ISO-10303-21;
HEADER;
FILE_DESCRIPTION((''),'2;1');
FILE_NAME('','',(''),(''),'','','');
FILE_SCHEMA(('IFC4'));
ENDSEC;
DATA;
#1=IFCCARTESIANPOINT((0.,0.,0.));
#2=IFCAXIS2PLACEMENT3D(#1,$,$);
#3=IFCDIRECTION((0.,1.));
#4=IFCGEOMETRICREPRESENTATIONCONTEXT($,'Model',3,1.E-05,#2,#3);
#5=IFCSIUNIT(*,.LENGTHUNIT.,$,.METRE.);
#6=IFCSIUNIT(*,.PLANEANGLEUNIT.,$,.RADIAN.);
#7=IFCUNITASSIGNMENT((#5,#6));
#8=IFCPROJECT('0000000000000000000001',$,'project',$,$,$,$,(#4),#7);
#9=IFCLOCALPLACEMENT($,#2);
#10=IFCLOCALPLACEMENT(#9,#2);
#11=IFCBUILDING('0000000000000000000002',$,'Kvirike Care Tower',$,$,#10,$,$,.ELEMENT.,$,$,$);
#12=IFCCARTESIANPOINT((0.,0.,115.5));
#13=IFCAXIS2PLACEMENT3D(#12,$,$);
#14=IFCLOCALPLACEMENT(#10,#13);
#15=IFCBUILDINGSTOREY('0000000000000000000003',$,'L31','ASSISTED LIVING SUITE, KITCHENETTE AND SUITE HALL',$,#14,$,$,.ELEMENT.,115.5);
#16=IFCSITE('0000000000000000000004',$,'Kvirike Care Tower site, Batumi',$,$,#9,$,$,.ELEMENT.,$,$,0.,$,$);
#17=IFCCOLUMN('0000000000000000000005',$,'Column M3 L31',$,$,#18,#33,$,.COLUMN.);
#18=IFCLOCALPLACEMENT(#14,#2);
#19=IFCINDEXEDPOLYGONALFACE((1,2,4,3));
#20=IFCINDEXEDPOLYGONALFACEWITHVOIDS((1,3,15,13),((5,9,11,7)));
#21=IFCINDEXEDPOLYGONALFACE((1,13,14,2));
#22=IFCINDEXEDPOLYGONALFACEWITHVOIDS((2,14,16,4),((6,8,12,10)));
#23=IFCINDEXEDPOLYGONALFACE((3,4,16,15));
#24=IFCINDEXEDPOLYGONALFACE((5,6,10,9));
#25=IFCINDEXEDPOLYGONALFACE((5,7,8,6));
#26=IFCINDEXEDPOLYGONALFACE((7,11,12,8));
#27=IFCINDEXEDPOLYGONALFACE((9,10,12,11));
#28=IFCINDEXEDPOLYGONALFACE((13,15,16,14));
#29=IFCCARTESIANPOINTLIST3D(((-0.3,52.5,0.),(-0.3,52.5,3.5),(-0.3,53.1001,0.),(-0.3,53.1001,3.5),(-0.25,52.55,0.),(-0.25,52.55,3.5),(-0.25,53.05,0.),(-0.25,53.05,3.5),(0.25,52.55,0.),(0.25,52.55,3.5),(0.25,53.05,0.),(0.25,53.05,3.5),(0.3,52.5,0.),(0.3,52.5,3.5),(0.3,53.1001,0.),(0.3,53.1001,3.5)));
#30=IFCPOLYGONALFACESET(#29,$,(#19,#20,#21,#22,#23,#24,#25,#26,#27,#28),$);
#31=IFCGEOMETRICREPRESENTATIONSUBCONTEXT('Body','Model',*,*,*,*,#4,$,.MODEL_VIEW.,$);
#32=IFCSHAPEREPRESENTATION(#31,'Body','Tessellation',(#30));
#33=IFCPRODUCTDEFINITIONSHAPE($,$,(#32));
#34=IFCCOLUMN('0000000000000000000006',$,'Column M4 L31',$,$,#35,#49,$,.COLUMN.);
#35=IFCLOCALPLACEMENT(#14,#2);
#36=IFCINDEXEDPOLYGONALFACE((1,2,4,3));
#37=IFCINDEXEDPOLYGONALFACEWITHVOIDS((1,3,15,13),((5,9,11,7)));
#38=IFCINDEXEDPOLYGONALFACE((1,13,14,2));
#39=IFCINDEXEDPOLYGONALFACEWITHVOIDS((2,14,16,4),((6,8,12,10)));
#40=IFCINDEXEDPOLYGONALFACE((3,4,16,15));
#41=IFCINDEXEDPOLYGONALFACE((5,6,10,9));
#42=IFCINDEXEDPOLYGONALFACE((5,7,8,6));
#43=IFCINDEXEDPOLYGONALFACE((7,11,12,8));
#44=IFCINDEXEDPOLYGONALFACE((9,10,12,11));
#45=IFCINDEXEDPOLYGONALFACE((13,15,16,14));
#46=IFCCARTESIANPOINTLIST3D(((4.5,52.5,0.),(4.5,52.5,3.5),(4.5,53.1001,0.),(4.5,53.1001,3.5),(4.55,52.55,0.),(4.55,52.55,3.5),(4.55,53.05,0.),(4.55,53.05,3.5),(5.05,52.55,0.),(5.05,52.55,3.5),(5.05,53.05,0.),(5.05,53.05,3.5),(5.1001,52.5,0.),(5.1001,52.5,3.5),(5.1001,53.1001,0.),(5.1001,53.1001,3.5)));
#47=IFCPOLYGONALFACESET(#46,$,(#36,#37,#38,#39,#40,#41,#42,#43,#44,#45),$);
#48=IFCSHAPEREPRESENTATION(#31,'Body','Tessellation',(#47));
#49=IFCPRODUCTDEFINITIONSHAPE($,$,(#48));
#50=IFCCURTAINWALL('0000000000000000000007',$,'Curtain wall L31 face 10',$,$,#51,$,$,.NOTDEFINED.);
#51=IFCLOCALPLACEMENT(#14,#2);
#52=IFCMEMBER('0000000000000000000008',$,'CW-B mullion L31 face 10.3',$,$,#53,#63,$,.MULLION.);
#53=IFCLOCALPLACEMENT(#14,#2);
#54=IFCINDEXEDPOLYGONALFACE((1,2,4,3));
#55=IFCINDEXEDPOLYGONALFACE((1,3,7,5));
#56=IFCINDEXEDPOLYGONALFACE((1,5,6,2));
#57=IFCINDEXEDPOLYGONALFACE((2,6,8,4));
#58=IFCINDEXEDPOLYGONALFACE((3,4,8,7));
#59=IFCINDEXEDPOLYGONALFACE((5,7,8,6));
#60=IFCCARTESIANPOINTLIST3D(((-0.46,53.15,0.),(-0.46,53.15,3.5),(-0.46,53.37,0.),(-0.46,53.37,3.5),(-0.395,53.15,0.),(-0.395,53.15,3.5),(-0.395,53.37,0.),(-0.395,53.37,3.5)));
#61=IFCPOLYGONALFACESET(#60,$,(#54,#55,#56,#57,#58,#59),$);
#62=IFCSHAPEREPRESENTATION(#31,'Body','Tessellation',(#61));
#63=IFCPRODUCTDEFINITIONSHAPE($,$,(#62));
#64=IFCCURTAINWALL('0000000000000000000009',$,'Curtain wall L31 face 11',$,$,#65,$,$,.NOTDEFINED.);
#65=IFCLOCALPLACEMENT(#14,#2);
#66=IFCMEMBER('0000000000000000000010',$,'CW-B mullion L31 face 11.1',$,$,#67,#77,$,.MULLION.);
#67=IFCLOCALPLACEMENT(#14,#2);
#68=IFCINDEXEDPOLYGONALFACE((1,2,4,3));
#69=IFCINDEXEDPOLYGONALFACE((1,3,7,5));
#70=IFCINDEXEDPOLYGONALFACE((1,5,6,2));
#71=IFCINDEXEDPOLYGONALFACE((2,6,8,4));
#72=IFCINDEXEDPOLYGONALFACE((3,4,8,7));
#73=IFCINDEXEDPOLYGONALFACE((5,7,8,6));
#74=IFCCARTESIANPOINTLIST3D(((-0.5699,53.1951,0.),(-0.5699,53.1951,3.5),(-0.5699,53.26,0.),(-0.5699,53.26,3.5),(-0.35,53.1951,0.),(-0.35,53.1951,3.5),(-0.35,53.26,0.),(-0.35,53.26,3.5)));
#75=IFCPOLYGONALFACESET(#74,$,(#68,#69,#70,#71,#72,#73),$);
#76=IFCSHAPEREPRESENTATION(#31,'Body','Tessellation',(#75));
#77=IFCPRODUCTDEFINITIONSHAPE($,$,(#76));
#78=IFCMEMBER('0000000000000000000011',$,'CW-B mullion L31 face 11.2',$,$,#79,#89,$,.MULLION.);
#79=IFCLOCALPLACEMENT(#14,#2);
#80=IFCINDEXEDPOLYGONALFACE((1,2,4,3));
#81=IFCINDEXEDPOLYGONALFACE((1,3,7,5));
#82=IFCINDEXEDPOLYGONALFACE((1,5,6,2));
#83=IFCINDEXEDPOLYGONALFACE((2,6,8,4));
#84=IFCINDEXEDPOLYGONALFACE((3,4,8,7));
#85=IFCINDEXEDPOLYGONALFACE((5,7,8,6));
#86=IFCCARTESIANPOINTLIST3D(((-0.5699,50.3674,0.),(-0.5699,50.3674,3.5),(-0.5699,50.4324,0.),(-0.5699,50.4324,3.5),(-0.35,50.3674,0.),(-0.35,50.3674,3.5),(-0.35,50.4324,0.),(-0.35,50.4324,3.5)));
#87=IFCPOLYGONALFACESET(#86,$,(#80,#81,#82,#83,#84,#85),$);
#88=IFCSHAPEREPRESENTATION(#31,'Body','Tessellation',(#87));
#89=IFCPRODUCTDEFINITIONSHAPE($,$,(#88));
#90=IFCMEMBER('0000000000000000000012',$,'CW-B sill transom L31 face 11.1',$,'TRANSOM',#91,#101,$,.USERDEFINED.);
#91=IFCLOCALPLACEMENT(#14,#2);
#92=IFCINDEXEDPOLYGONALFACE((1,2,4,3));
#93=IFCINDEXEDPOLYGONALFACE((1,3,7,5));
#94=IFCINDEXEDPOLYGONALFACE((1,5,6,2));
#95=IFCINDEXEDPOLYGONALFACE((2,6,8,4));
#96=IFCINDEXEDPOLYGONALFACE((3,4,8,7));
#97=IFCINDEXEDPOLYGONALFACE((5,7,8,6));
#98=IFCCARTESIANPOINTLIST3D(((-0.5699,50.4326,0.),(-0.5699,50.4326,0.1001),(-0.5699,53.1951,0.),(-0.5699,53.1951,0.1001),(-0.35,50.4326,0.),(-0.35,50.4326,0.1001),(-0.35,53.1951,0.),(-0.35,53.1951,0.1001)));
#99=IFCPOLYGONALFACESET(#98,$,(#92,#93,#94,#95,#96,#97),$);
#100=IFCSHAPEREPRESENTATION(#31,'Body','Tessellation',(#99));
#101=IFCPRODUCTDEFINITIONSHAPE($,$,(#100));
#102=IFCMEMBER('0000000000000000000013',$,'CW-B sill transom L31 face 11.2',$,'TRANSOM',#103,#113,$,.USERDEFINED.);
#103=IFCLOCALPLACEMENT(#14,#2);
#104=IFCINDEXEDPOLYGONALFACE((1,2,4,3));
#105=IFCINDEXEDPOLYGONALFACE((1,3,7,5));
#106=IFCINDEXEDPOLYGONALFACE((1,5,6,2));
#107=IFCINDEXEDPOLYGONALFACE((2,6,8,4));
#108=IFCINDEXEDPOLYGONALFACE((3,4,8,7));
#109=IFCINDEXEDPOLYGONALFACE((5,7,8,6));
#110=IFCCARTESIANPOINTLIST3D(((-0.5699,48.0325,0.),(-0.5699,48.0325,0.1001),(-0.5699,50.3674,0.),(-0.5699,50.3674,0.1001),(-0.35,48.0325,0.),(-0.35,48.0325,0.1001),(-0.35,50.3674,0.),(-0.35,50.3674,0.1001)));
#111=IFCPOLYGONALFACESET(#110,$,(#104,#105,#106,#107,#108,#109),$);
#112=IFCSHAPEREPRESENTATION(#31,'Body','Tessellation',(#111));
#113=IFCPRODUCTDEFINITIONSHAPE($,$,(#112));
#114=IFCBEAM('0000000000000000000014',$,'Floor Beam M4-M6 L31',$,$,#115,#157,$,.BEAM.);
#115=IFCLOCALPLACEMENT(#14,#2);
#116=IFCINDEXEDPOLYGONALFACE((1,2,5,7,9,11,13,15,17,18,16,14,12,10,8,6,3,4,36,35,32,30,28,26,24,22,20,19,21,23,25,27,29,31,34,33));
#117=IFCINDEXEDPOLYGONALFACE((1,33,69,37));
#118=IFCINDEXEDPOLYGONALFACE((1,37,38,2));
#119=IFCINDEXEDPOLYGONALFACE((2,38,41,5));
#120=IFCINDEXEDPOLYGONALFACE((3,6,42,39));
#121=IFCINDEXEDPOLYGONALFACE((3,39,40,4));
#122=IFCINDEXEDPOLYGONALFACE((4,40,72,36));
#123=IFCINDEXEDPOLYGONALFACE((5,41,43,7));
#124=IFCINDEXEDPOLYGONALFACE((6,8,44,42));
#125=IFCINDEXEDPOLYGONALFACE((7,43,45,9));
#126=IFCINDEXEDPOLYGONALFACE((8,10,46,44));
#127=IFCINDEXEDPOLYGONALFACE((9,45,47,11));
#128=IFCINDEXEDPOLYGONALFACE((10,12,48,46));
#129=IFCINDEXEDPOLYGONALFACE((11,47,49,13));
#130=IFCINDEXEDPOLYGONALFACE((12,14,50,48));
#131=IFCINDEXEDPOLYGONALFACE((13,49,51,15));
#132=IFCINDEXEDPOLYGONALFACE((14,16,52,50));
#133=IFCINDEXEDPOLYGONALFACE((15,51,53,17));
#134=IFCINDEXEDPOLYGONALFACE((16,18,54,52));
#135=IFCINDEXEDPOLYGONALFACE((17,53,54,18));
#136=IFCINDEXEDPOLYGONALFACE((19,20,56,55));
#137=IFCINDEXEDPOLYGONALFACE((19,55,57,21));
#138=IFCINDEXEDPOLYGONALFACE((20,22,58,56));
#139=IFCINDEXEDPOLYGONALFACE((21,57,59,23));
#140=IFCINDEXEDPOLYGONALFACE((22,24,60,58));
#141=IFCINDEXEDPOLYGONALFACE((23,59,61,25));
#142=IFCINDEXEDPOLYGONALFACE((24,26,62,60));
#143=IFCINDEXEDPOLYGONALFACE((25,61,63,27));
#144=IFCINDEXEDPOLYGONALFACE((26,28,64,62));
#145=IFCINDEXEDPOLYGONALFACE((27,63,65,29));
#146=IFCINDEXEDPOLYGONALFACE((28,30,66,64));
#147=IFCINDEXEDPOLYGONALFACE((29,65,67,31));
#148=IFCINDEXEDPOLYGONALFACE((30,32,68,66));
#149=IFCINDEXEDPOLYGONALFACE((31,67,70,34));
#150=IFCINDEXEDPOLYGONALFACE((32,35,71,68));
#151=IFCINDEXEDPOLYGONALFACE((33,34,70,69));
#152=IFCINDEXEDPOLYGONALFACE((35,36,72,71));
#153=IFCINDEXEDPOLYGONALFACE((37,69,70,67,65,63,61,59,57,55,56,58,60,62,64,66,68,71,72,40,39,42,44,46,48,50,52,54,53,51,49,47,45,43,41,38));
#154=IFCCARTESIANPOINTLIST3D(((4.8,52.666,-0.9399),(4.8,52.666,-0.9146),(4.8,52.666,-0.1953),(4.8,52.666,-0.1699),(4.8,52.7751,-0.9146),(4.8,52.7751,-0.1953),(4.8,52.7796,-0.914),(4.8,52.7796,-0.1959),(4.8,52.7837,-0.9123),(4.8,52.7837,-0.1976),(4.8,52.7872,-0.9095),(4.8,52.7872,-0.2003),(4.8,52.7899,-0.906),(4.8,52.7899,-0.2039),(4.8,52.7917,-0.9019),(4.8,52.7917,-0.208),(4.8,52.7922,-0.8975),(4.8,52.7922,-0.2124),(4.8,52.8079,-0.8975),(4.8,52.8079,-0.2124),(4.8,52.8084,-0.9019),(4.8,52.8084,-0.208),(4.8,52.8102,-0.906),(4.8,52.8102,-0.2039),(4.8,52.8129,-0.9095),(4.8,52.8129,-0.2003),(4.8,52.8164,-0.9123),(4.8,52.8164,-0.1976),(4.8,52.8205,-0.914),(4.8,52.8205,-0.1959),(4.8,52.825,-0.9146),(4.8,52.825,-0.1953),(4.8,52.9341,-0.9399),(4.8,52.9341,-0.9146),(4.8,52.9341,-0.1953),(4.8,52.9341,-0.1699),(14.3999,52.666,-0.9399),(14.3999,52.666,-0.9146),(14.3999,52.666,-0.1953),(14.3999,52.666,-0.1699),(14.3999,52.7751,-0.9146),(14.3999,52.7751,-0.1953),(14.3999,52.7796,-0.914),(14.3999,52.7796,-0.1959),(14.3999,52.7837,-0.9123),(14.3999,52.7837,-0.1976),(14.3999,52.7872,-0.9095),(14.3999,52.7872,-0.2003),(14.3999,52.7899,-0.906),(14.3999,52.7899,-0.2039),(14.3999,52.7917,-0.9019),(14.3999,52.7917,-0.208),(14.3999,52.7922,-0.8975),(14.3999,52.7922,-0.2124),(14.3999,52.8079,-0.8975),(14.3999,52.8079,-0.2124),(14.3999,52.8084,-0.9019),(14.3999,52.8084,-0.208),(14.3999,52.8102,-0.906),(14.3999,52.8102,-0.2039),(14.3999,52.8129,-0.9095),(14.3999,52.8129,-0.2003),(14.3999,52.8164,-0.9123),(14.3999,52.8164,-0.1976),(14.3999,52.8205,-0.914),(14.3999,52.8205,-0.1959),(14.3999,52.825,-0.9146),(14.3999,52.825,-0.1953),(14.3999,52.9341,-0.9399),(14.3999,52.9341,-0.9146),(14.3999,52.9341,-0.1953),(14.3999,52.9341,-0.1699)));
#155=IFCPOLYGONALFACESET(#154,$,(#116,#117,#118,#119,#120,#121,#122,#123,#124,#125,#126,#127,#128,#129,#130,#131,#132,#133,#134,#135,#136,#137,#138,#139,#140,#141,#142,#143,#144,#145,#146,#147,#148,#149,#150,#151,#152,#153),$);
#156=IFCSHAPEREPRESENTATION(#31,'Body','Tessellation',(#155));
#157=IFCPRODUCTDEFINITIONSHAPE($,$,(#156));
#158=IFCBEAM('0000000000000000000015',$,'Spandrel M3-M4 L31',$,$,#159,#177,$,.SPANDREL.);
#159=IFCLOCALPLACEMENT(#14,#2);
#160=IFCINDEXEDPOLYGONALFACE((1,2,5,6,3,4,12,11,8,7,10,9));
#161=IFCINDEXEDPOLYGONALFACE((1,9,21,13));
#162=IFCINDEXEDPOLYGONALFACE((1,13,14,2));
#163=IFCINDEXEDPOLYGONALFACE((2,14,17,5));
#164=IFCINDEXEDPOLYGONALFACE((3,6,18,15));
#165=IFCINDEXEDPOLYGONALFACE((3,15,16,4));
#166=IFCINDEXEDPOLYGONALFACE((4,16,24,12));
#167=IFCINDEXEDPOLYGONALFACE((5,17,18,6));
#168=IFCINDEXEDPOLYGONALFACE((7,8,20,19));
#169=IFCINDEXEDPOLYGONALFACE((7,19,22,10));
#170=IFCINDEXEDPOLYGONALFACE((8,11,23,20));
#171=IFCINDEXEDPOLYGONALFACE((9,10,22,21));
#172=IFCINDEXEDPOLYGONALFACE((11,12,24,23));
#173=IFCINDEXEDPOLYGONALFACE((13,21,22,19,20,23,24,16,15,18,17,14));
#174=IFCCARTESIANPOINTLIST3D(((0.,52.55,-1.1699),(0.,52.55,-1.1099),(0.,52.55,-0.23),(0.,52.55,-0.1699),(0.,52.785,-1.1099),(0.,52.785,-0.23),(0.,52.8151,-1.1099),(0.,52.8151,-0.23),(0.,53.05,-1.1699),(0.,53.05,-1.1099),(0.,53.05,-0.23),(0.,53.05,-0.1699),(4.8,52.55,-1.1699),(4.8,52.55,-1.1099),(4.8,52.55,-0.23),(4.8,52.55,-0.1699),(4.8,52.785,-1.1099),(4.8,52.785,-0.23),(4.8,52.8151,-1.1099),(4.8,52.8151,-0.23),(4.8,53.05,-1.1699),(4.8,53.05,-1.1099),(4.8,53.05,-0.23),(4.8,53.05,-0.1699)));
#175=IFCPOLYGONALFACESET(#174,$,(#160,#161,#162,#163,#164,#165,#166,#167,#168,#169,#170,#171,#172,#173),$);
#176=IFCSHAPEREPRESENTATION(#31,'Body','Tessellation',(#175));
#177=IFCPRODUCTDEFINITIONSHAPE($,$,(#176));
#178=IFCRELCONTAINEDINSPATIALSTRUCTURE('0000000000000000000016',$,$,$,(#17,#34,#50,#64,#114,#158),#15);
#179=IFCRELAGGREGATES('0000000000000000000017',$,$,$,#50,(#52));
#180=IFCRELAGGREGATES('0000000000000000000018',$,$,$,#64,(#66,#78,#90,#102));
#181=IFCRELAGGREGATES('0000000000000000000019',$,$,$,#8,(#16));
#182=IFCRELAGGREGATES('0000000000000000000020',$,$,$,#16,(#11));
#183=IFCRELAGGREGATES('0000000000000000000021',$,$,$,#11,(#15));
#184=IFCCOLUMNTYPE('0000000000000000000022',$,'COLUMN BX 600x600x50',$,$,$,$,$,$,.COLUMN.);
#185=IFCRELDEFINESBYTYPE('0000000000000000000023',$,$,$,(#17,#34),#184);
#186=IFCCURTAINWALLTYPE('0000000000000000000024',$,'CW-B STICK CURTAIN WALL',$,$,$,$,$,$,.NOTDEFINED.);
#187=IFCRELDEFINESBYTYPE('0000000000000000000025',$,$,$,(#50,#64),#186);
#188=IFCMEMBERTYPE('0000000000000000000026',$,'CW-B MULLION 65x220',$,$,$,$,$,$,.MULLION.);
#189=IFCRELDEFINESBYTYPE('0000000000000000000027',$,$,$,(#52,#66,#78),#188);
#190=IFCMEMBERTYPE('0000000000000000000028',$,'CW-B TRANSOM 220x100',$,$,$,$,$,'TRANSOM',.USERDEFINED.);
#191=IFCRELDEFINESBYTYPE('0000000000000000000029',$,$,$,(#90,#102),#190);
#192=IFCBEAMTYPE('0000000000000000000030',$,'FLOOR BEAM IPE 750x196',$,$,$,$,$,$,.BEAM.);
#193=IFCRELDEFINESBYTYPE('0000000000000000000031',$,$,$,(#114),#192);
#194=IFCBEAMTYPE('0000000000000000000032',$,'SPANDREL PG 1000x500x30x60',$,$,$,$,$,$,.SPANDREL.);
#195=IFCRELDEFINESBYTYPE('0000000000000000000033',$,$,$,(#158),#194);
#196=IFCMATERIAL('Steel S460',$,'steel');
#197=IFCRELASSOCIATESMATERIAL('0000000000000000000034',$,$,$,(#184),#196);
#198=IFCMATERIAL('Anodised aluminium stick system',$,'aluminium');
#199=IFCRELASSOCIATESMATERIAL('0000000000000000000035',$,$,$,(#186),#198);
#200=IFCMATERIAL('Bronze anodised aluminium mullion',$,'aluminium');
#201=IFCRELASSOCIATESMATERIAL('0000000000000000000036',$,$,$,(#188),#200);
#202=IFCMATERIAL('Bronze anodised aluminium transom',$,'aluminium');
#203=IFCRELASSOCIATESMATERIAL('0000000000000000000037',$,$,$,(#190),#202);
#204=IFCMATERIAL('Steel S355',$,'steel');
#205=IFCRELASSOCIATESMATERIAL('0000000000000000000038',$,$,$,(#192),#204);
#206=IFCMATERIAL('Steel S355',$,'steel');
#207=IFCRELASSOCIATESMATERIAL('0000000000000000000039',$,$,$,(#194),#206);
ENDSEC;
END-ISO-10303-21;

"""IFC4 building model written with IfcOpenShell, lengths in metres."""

from ifc_helpers import new_model, si_unit, direction, frame, origin, origin_2d, place, context, subcontext, project, spatial, rectangle, hollow_rectangle, i_section, extrude, material, material_profile, profile_set, type_object, element, aggregate, save


model = new_model("IFC4")

# Units and contexts
model_context = context("Model", 3, precision=1e-05, world=origin(), true_north=direction((0.0, 1.0)))
body_context = subcontext(model_context, "Body", "Model", "MODEL_VIEW")
ifc_project = project(units=[si_unit("LENGTHUNIT", "METRE"), si_unit("PLANEANGLEUNIT", "RADIAN")], contexts=[model_context])

# Site, building, storey
site_placement = place(None, origin())
site = spatial("IfcSite", under=ifc_project, at=site_placement, Name="Kvirike Care Tower site, Batumi", CompositionType="ELEMENT", RefElevation=0.0)
building_placement = place(site_placement, origin())
building = spatial("IfcBuilding", under=site, at=building_placement, Name="Kvirike Care Tower", CompositionType="ELEMENT")
storey_placement = place(building_placement, frame((0.0, 0.0, 115.5)))
storey = spatial("IfcBuildingStorey", under=building, at=storey_placement, Name="L31", Description="ASSISTED LIVING SUITE, KITCHENETTE AND SUITE HALL", CompositionType="ELEMENT", Elevation=115.5)

# Columns
ifc_material_1 = material(Name="Steel S460", Category="steel")
ifc_material_profile_1 = material_profile(ifc_material_1, hollow_rectangle(XDim=0.6001, YDim=0.6001, WallThickness=0.05, at=origin_2d()), Name="BX 600x600x50")
ifc_profile_set_1 = profile_set([ifc_material_profile_1], Name="Steel S460")
column_type = type_object("IfcColumnType", Name="COLUMN BX 600x600x50", PredefinedType="COLUMN", material=ifc_profile_set_1)
for number, where, z_axis, x_axis, name in (
    (1, (0.0, 52.8, 0.0), (0.0, 0.0, 1.0), (0.0, 1.0, 0.0), "Column M3 L31"),
    (2, (4.8, 52.8, 0.0), (0.0, 0.0, 1.0), (0.0, 1.0, 0.0), "Column M4 L31"),
):
    element("IfcColumn", number, at=place(storey_placement, frame(where, z_axis=z_axis, x_axis=x_axis)), inside=storey, type_object=column_type, Name=name, PredefinedType="COLUMN", context=body_context, shape_type="SweptSolid", body=[
        extrude(hollow_rectangle(XDim=0.6001, YDim=0.6001, WallThickness=0.05, at=origin_2d()), origin(), (0.0, 0.0, 1.0), 3.5),
    ])

# Curtain wall, member
ifc_material_2 = material(Name="Anodised aluminium stick system", Category="aluminium")
curtain_wall_type = type_object("IfcCurtainWallType", Name="CW-B STICK CURTAIN WALL", PredefinedType="NOTDEFINED", material=ifc_material_2)
curtain_wall_1_placement = place(storey_placement, origin())
curtain_wall_1 = element("IfcCurtainWall", 3, at=curtain_wall_1_placement, inside=storey, type_object=curtain_wall_type, Name="Curtain wall L31 face 10", PredefinedType="NOTDEFINED")
ifc_material_3 = material(Name="Bronze anodised aluminium mullion", Category="aluminium")
ifc_material_profile_2 = material_profile(ifc_material_3, rectangle(XDim=0.0649, YDim=0.22, at=origin_2d()), Name="CW-B MULLION 65x220")
ifc_profile_set_2 = profile_set([ifc_material_profile_2], Name="Bronze anodised aluminium mullion")
member_type_1 = type_object("IfcMemberType", Name="CW-B MULLION 65x220", PredefinedType="MULLION", material=ifc_profile_set_2)
member_1_placement = place(storey_placement, frame((-0.4275, 53.26, 0.0), z_axis=(0.0, 0.0, 1.0), x_axis=(-1.0, 0.0, 0.0)))
member_1 = element("IfcMember", 4, at=member_1_placement, type_object=member_type_1, Name="CW-B mullion L31 face 10.3", PredefinedType="MULLION", context=body_context, shape_type="SweptSolid", body=[
    extrude(rectangle(XDim=0.0649, YDim=0.22, at=origin_2d()), origin(), (0.0, 0.0, 1.0), 3.5),
])
aggregate(curtain_wall_1, [member_1])

# Curtain wall, members
curtain_wall_2_placement = place(storey_placement, origin())
curtain_wall_2 = element("IfcCurtainWall", 5, at=curtain_wall_2_placement, inside=storey, type_object=curtain_wall_type, Name="Curtain wall L31 face 11", PredefinedType="NOTDEFINED")
member_2_placement = place(storey_placement, frame((-0.46, 53.2275, 0.0), z_axis=(0.0, 0.0, 1.0), x_axis=(0.0, -1.0, 0.0)))
member_2 = element("IfcMember", 6, at=member_2_placement, type_object=member_type_1, Name="CW-B mullion L31 face 11.1", PredefinedType="MULLION", context=body_context, shape_type="SweptSolid", body=[
    extrude(rectangle(XDim=0.0649, YDim=0.22, at=origin_2d()), origin(), (0.0, 0.0, 1.0), 3.5),
])
member_3_placement = place(storey_placement, frame((-0.46, 50.3999, 0.0), z_axis=(0.0, 0.0, 1.0), x_axis=(0.0, -1.0, 0.0)))
member_3 = element("IfcMember", 7, at=member_3_placement, type_object=member_type_1, Name="CW-B mullion L31 face 11.2", PredefinedType="MULLION", context=body_context, shape_type="SweptSolid", body=[
    extrude(rectangle(XDim=0.0649, YDim=0.22, at=origin_2d()), origin(), (0.0, 0.0, 1.0), 3.5),
])
ifc_material_4 = material(Name="Bronze anodised aluminium transom", Category="aluminium")
ifc_material_profile_3 = material_profile(ifc_material_4, rectangle(XDim=0.22, YDim=0.1001, at=origin_2d()), Name="CW-B TRANSOM 220x100")
ifc_profile_set_3 = profile_set([ifc_material_profile_3], Name="Bronze anodised aluminium transom")
member_type_2 = type_object("IfcMemberType", Name="CW-B TRANSOM 220x100", ElementType="TRANSOM", PredefinedType="USERDEFINED", material=ifc_profile_set_3)
member_4_placement = place(storey_placement, frame((-0.46, 53.1951, 0.05), z_axis=(0.0, -1.0, 0.0), x_axis=(1.0, 0.0, 0.0)))
member_4 = element("IfcMember", 8, at=member_4_placement, type_object=member_type_2, Name="CW-B sill transom L31 face 11.1", ObjectType="TRANSOM", PredefinedType="USERDEFINED", context=body_context, shape_type="SweptSolid", body=[
    extrude(rectangle(XDim=0.22, YDim=0.1001, at=origin_2d()), origin(), (0.0, 0.0, 1.0), 2.7625),
])
member_5_placement = place(storey_placement, frame((-0.46, 50.3674, 0.05), z_axis=(0.0, -1.0, 0.0), x_axis=(1.0, 0.0, 0.0)))
member_5 = element("IfcMember", 9, at=member_5_placement, type_object=member_type_2, Name="CW-B sill transom L31 face 11.2", ObjectType="TRANSOM", PredefinedType="USERDEFINED", context=body_context, shape_type="SweptSolid", body=[
    extrude(rectangle(XDim=0.22, YDim=0.1001, at=origin_2d()), origin(), (0.0, 0.0, 1.0), 2.335),
])

# Beams
ifc_material_5 = material(Name="Steel S355", Category="steel")
ifc_material_profile_4 = material_profile(ifc_material_5, i_section(OverallWidth=0.2681, OverallDepth=0.77, WebThickness=0.0156, FlangeThickness=0.0254, FilletRadius=0.0171, at=origin_2d()), Name="IPE 750x196")
ifc_profile_set_4 = profile_set([ifc_material_profile_4], Name="Steel S355")
beam_type_1 = type_object("IfcBeamType", Name="FLOOR BEAM IPE 750x196", PredefinedType="BEAM", material=ifc_profile_set_4)
beam_placement = place(storey_placement, frame((4.8, 52.8, -0.5549), z_axis=(1.0, 0.0, 0.0), x_axis=(0.0, 1.0, 0.0)))
element("IfcBeam", 10, at=beam_placement, inside=storey, type_object=beam_type_1, Name="Floor Beam M4-M6 L31", PredefinedType="BEAM", context=body_context, shape_type="SweptSolid", body=[
    extrude(i_section(OverallWidth=0.2681, OverallDepth=0.77, WebThickness=0.0156, FlangeThickness=0.0254, FilletRadius=0.0171, at=origin_2d()), origin(), (0.0, 0.0, 1.0), 9.5999),
])
ifc_material_6 = material(Name="Steel S355", Category="steel")
ifc_material_profile_5 = material_profile(ifc_material_6, i_section(OverallWidth=0.5, OverallDepth=1.0, WebThickness=0.03, FlangeThickness=0.0601, at=origin_2d()), Name="PG 1000x500x30x60")
ifc_profile_set_5 = profile_set([ifc_material_profile_5], Name="Steel S355")
beam_type_2 = type_object("IfcBeamType", Name="SPANDREL PG 1000x500x30x60", PredefinedType="SPANDREL", material=ifc_profile_set_5)
for number, where, z_axis, x_axis, name in (
    (11, (0.0, 52.8, -0.6699), (1.0, 0.0, 0.0), (0.0, 1.0, 0.0), "Spandrel M3-M4 L31"),
):
    element("IfcBeam", number, at=place(storey_placement, frame(where, z_axis=z_axis, x_axis=x_axis)), inside=storey, type_object=beam_type_2, Name=name, PredefinedType="SPANDREL", context=body_context, shape_type="SweptSolid", body=[
        extrude(i_section(OverallWidth=0.5, OverallDepth=1.0, WebThickness=0.03, FlangeThickness=0.0601, at=origin_2d()), origin(), (0.0, 0.0, 1.0), 4.8),
    ])

aggregate(curtain_wall_2, [member_2, member_3, member_4, member_5])

save(model, "model.ifc")
